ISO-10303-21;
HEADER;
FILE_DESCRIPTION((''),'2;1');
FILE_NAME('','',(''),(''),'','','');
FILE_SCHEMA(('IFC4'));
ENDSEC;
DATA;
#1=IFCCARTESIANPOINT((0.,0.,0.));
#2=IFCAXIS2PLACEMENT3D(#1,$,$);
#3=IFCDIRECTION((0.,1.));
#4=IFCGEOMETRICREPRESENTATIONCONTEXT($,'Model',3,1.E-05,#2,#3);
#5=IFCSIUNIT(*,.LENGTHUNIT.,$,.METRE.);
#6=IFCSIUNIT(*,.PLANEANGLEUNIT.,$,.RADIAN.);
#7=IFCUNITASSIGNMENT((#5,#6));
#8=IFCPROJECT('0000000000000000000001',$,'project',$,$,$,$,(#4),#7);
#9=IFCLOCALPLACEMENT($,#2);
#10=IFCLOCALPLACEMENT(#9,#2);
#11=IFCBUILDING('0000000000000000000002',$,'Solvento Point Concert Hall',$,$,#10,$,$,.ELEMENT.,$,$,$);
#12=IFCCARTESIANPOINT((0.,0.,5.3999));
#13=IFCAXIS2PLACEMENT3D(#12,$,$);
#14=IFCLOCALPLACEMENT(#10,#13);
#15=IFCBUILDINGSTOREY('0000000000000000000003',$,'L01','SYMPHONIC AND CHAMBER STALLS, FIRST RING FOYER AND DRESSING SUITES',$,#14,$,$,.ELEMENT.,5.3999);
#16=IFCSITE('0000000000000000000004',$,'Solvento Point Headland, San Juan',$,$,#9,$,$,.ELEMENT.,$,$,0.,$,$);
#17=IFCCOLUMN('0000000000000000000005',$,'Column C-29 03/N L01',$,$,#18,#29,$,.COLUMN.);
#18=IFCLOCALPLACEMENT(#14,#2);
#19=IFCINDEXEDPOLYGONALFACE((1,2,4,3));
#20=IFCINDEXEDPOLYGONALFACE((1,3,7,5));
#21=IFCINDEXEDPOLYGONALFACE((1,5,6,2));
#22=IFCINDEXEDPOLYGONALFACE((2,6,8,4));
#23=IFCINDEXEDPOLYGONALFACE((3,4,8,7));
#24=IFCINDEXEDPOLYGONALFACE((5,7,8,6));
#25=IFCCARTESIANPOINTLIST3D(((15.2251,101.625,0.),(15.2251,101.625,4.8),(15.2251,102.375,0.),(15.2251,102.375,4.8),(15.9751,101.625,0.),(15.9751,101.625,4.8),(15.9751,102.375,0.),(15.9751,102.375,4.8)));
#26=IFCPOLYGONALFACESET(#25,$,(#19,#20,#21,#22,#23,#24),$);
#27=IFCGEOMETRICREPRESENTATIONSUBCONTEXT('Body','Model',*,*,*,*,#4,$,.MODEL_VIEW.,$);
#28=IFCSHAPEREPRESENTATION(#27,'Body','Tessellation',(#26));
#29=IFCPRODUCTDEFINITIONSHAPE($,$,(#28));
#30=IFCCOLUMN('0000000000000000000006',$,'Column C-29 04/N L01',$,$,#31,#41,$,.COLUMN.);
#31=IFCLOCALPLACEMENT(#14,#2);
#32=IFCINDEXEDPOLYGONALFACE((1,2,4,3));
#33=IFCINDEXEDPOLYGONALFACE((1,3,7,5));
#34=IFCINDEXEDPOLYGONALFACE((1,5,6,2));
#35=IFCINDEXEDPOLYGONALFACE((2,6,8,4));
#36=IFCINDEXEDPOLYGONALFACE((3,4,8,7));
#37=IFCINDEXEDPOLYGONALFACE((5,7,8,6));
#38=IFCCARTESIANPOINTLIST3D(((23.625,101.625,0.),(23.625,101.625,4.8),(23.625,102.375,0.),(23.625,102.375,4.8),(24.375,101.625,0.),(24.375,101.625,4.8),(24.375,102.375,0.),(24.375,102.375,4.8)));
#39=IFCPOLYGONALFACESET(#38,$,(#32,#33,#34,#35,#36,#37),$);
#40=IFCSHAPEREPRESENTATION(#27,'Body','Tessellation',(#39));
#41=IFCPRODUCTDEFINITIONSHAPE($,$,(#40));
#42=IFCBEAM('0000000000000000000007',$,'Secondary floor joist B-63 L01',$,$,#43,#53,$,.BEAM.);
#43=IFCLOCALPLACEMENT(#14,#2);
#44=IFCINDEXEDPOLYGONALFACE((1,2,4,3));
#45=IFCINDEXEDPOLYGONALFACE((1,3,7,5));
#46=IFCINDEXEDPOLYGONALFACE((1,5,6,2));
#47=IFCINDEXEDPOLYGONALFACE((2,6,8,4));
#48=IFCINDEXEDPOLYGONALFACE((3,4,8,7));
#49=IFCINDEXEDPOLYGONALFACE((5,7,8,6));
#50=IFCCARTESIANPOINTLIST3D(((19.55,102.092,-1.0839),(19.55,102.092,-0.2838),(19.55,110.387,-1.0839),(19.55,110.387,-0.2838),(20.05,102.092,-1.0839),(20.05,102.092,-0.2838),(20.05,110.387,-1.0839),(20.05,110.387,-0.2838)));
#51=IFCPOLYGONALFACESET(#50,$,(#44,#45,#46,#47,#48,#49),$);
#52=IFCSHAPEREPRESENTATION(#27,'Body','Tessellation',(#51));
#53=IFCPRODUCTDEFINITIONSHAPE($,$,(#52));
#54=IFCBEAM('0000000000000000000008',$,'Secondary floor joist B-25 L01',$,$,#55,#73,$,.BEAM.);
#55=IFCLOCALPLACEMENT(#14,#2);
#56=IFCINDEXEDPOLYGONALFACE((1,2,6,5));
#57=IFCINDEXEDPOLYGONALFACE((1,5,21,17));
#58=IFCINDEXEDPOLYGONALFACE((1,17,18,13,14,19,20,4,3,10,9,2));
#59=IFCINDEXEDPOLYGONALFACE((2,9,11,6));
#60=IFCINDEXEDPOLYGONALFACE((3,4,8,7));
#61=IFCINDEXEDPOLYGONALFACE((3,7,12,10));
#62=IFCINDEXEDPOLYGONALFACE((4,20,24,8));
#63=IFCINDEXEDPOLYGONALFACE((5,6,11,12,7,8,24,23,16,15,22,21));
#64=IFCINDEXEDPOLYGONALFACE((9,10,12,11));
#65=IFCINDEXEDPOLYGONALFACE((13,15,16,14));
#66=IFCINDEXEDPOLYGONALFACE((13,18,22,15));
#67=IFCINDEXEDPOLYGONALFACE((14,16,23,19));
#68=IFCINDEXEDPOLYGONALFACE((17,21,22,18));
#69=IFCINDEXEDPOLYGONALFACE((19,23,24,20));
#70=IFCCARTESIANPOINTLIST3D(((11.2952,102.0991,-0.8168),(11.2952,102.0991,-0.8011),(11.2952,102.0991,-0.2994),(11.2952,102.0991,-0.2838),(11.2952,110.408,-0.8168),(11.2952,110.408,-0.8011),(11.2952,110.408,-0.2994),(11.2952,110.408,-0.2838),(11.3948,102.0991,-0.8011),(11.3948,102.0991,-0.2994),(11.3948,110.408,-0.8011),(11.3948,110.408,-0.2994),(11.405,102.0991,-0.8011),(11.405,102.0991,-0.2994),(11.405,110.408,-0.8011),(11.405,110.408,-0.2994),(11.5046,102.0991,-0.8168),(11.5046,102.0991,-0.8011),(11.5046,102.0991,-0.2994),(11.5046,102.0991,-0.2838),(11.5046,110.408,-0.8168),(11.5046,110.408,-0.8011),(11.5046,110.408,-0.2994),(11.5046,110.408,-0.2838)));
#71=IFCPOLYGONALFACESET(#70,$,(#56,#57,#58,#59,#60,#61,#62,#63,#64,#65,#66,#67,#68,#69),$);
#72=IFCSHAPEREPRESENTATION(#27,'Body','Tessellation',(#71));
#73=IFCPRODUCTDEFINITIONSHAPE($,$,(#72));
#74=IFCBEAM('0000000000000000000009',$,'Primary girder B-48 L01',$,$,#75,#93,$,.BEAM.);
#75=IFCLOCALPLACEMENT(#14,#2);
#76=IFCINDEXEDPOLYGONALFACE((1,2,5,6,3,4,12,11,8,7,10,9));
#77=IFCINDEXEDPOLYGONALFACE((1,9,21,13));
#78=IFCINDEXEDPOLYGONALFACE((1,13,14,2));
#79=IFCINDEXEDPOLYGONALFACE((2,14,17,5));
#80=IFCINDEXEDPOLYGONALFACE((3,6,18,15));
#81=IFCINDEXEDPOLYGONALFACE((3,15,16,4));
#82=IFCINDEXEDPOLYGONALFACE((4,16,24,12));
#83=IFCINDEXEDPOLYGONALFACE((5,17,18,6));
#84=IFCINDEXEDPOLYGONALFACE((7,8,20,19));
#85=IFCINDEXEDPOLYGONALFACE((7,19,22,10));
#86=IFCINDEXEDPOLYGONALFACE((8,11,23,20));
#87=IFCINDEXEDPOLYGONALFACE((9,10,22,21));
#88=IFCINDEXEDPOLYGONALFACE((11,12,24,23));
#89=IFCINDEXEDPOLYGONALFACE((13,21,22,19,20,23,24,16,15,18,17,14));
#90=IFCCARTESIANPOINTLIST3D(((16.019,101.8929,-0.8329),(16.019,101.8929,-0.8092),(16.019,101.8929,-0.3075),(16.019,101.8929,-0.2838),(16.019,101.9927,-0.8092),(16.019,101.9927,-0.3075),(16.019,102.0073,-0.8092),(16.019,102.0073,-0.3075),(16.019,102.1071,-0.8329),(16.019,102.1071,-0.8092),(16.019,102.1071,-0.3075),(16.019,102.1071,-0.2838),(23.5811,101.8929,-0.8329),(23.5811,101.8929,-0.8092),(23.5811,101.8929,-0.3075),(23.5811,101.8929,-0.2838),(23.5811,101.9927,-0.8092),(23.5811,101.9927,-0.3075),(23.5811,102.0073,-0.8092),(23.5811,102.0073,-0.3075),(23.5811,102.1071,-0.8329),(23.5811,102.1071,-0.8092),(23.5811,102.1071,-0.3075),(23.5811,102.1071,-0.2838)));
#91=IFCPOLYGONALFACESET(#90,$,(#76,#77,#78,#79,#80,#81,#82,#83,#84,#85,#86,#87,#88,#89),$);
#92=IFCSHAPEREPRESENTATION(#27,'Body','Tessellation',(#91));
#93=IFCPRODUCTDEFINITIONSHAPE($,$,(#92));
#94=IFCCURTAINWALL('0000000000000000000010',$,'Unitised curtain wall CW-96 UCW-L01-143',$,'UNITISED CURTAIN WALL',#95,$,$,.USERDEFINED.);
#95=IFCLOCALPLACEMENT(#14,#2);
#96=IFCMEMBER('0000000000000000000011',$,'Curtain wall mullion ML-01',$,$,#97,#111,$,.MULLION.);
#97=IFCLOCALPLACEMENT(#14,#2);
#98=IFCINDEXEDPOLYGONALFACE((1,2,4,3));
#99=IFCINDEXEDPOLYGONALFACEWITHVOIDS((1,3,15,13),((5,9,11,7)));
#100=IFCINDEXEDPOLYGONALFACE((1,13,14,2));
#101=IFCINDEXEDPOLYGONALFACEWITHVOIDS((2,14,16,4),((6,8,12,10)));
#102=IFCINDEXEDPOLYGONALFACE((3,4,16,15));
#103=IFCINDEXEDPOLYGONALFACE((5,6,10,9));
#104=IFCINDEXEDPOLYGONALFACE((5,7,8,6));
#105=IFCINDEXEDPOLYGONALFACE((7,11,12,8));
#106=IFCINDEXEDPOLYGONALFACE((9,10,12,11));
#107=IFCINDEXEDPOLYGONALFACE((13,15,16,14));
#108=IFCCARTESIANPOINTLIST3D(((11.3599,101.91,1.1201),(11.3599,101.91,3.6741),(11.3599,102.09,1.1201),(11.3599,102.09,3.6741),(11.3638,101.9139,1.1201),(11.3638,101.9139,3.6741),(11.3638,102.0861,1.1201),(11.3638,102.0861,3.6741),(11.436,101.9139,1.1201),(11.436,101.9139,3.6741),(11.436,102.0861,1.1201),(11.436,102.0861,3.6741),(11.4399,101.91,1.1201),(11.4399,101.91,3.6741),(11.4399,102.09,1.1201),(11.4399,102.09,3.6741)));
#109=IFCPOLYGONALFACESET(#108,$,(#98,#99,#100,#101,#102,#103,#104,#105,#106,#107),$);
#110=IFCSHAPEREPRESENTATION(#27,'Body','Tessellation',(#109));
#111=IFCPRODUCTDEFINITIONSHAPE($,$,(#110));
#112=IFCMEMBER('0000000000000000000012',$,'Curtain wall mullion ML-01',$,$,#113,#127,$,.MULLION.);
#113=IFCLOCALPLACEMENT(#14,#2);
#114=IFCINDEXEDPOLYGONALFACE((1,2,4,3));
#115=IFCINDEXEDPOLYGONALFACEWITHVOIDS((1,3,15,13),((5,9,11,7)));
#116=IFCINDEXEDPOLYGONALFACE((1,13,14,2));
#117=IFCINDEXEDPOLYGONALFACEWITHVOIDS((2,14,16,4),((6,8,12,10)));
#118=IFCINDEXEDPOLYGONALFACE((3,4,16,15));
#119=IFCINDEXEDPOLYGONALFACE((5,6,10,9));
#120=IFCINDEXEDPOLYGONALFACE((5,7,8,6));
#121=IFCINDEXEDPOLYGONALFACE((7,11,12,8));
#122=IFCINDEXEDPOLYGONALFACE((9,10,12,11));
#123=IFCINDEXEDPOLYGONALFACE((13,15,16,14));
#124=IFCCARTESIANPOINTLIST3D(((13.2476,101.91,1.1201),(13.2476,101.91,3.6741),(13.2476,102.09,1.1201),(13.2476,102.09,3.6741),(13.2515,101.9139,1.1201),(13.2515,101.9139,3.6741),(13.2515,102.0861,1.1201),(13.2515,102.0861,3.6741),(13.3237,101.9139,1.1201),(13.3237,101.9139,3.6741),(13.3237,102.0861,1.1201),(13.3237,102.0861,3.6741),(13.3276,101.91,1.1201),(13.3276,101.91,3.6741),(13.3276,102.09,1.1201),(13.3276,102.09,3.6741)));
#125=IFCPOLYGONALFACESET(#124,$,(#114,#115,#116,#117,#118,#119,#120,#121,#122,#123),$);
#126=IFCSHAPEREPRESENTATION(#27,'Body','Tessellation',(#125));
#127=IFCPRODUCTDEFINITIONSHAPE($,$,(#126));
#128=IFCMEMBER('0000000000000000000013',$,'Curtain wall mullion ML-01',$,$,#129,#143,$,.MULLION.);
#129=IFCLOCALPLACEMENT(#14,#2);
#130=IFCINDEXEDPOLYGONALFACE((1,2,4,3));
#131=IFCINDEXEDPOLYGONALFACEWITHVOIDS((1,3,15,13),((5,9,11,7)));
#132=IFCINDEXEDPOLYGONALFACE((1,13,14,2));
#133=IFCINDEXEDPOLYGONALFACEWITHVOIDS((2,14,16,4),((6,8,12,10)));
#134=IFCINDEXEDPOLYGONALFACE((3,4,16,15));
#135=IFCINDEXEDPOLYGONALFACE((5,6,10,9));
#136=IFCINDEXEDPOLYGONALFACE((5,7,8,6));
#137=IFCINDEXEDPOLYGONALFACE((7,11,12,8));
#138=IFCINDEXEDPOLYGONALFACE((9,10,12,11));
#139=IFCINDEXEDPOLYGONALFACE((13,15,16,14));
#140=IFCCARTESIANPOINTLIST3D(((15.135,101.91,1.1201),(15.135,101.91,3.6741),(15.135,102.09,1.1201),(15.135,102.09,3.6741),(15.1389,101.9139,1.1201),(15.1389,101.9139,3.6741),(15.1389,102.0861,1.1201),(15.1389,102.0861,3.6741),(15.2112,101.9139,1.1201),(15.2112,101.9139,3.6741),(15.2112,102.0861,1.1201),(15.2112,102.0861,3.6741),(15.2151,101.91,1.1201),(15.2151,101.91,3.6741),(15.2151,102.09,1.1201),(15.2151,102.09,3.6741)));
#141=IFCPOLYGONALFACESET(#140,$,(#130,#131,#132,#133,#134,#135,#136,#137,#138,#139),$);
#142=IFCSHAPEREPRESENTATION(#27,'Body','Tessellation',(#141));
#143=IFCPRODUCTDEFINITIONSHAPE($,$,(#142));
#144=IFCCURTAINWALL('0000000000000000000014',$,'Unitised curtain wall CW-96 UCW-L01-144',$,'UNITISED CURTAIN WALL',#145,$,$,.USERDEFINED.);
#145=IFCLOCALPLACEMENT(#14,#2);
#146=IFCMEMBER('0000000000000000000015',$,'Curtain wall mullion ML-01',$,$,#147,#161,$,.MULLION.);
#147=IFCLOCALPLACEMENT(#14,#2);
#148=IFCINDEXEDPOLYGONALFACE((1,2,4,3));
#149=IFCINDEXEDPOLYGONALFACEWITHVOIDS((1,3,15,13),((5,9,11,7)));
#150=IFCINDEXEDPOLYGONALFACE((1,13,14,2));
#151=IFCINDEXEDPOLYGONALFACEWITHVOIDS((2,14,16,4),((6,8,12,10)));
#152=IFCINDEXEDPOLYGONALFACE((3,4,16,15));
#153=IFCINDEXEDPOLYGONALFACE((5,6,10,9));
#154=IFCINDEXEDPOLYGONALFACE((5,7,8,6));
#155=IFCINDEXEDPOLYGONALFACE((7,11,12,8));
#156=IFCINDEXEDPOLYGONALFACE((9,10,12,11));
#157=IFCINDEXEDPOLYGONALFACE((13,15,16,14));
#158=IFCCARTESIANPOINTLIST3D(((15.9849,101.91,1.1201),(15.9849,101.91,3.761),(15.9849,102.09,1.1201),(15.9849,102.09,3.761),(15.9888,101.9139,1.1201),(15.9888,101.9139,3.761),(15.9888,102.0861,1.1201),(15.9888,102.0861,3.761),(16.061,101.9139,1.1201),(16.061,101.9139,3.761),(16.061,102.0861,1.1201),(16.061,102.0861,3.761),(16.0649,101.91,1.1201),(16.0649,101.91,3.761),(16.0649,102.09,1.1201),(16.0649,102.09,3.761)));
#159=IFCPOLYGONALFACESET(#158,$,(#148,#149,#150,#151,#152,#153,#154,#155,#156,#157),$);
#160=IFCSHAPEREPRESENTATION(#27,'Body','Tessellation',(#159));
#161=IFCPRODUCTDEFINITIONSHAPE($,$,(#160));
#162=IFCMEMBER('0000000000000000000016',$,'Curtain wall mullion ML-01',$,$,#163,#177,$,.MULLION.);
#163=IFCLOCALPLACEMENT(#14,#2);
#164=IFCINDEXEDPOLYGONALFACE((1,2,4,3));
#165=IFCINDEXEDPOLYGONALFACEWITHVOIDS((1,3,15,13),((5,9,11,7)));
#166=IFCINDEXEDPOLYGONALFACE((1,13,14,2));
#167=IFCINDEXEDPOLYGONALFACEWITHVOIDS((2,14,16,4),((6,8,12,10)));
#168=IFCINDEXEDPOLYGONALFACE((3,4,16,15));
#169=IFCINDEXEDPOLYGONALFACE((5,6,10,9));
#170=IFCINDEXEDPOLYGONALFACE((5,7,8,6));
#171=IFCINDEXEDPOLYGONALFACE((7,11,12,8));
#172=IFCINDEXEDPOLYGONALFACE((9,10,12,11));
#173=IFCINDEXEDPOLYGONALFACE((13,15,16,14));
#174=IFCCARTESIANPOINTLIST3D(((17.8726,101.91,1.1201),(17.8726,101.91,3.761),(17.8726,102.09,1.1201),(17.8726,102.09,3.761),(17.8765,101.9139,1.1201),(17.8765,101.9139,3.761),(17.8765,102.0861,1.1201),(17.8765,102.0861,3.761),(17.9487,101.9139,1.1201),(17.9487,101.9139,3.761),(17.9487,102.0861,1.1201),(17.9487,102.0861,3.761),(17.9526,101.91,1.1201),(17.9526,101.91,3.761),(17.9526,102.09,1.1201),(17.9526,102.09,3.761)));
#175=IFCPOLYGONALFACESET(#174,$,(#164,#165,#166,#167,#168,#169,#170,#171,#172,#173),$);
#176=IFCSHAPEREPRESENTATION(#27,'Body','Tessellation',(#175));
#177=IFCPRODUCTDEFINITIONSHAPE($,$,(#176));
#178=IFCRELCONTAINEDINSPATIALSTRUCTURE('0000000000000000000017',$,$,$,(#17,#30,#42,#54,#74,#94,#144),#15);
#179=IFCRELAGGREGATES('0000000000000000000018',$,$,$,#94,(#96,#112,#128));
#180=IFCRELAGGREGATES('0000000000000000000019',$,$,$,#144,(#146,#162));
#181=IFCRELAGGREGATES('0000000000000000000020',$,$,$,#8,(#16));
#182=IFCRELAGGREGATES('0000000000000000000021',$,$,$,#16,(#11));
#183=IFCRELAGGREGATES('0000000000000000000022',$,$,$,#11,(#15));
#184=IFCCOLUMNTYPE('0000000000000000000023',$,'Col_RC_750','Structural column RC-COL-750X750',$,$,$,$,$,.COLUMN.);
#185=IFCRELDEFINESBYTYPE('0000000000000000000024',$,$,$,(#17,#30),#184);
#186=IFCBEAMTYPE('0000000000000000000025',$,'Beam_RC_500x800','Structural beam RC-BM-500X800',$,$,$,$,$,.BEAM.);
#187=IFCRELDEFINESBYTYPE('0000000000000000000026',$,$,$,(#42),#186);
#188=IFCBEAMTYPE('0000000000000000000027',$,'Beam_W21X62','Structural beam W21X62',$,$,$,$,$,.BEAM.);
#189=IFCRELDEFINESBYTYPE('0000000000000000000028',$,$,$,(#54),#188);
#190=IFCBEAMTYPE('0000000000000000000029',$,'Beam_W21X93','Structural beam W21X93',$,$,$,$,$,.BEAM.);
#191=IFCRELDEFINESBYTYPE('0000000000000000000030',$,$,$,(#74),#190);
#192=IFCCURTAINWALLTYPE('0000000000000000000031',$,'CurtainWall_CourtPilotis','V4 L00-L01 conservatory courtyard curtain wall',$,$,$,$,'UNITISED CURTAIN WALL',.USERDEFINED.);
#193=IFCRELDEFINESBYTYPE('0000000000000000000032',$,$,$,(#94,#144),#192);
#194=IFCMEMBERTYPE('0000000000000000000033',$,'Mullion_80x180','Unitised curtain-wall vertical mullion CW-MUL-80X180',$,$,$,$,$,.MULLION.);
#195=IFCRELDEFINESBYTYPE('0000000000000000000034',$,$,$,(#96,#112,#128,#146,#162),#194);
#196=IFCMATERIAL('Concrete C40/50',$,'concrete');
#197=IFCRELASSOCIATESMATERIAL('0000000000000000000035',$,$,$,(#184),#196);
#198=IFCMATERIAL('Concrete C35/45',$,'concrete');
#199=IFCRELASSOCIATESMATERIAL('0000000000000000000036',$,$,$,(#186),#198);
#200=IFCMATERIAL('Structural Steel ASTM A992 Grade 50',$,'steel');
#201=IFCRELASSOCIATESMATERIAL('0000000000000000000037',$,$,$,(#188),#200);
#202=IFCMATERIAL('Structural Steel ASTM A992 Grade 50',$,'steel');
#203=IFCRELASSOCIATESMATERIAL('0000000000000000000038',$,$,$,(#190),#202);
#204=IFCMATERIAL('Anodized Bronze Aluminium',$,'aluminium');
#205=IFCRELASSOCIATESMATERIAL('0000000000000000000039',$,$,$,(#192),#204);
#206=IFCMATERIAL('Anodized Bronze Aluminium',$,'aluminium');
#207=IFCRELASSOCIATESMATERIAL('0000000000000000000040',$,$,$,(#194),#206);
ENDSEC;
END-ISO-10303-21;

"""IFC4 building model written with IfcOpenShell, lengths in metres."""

from ifc_helpers import new_model, si_unit, direction, frame, origin, origin_2d, place, context, subcontext, project, spatial, rectangle, hollow_rectangle, i_section, extrude, material, material_profile, profile_set, type_object, element, aggregate, save


model = new_model("IFC4")

# Units and contexts
model_context = context("Model", 3, precision=1e-05, world=origin(), true_north=direction((0.0, 1.0)))
body_context = subcontext(model_context, "Body", "Model", "MODEL_VIEW")
ifc_project = project(units=[si_unit("LENGTHUNIT", "METRE"), si_unit("PLANEANGLEUNIT", "RADIAN")], contexts=[model_context])

# Site, building, storey
site_placement = place(None, origin())
site = spatial("IfcSite", under=ifc_project, at=site_placement, Name="Solvento Point Headland, San Juan", CompositionType="ELEMENT", RefElevation=0.0)
building_placement = place(site_placement, origin())
building = spatial("IfcBuilding", under=site, at=building_placement, Name="Solvento Point Concert Hall", CompositionType="ELEMENT")
storey_placement = place(building_placement, frame((0.0, 0.0, 5.3999)))
storey = spatial("IfcBuildingStorey", under=building, at=storey_placement, Name="L01", Description="SYMPHONIC AND CHAMBER STALLS, FIRST RING FOYER AND DRESSING SUITES", CompositionType="ELEMENT", Elevation=5.3999)

# Columns
ifc_material_1 = material(Name="Concrete C40/50", Category="concrete")
ifc_material_profile_1 = material_profile(ifc_material_1, rectangle(XDim=0.75, YDim=0.75, at=origin_2d()), Name="RC-COL-750X750")
ifc_profile_set_1 = profile_set([ifc_material_profile_1], Name="Concrete C40/50")
column_type = type_object("IfcColumnType", Name="Col_RC_750", Description="Structural column RC-COL-750X750", PredefinedType="COLUMN", material=ifc_profile_set_1)
for number, where, z_axis, x_axis, name in (
    (1, (15.6001, 102.0, 0.0), (0.0, 0.0, 1.0), (1.0, 0.0, 0.0), "Column C-29 03/N L01"),
    (2, (24.0, 102.0, 0.0), (0.0, 0.0, 1.0), (1.0, 0.0, 0.0), "Column C-29 04/N L01"),
):
    element("IfcColumn", number, at=place(storey_placement, frame(where, z_axis=z_axis, x_axis=x_axis)), inside=storey, type_object=column_type, Name=name, PredefinedType="COLUMN", context=body_context, shape_type="SweptSolid", body=[
        extrude(rectangle(XDim=0.75, YDim=0.75, at=origin_2d()), origin(), (0.0, 0.0, 1.0), 4.8),
    ])

# Beams
ifc_material_2 = material(Name="Concrete C35/45", Category="concrete")
ifc_material_profile_2 = material_profile(ifc_material_2, rectangle(XDim=0.5, YDim=0.8, at=origin_2d()), Name="RC-BM-500X800")
ifc_profile_set_2 = profile_set([ifc_material_profile_2], Name="Concrete C35/45")
beam_type_1 = type_object("IfcBeamType", Name="Beam_RC_500x800", Description="Structural beam RC-BM-500X800", PredefinedType="BEAM", material=ifc_profile_set_2)
beam_1_placement = place(storey_placement, frame((19.8, 102.092, -0.6838), z_axis=(0.0, 1.0, 0.0), x_axis=(-1.0, 0.0, 0.0)))
element("IfcBeam", 3, at=beam_1_placement, inside=storey, type_object=beam_type_1, Name="Secondary floor joist B-63 L01", PredefinedType="BEAM", context=body_context, shape_type="SweptSolid", body=[
    extrude(rectangle(XDim=0.5, YDim=0.8, at=origin_2d()), origin(), (0.0, 0.0, 1.0), 8.2949),
])
ifc_material_3 = material(Name="Structural Steel ASTM A992 Grade 50", Category="steel")
ifc_material_profile_3 = material_profile(ifc_material_3, i_section(OverallWidth=0.2095, OverallDepth=0.533, WebThickness=0.0103, FlangeThickness=0.0156, at=origin_2d()), Name="W21X62")
ifc_profile_set_3 = profile_set([ifc_material_profile_3], Name="Structural Steel ASTM A992 Grade 50")
beam_type_2 = type_object("IfcBeamType", Name="Beam_W21X62", Description="Structural beam W21X62", PredefinedType="BEAM", material=ifc_profile_set_3)
beam_2_placement = place(storey_placement, frame((11.3999, 102.0991, -0.5503), z_axis=(0.0, 1.0, 0.0), x_axis=(-1.0, 0.0, 0.0)))
element("IfcBeam", 4, at=beam_2_placement, inside=storey, type_object=beam_type_2, Name="Secondary floor joist B-25 L01", PredefinedType="BEAM", context=body_context, shape_type="SweptSolid", body=[
    extrude(i_section(OverallWidth=0.2095, OverallDepth=0.533, WebThickness=0.0103, FlangeThickness=0.0156, at=origin_2d()), origin(), (0.0, 0.0, 1.0), 8.3088),
])
ifc_material_4 = material(Name="Structural Steel ASTM A992 Grade 50", Category="steel")
ifc_material_profile_4 = material_profile(ifc_material_4, i_section(OverallWidth=0.2141, OverallDepth=0.5491, WebThickness=0.0146, FlangeThickness=0.0237, at=origin_2d()), Name="W21X93")
ifc_profile_set_4 = profile_set([ifc_material_profile_4], Name="Structural Steel ASTM A992 Grade 50")
beam_type_3 = type_object("IfcBeamType", Name="Beam_W21X93", Description="Structural beam W21X93", PredefinedType="BEAM", material=ifc_profile_set_4)
beam_3_placement = place(storey_placement, frame((16.019, 102.0, -0.5583), z_axis=(1.0, 0.0, 0.0), x_axis=(0.0, 1.0, 0.0)))
element("IfcBeam", 5, at=beam_3_placement, inside=storey, type_object=beam_type_3, Name="Primary girder B-48 L01", PredefinedType="BEAM", context=body_context, shape_type="SweptSolid", body=[
    extrude(i_section(OverallWidth=0.2141, OverallDepth=0.5491, WebThickness=0.0146, FlangeThickness=0.0237, at=origin_2d()), origin(), (0.0, 0.0, 1.0), 7.562),
])

# Curtain walls, members
ifc_material_5 = material(Name="Anodized Bronze Aluminium", Category="aluminium")
curtain_wall_type_1 = type_object("IfcCurtainWallType", Name="CurtainWall_CourtPilotis", Description="V4 L00-L01 conservatory courtyard curtain wall", ElementType="UNITISED CURTAIN WALL", PredefinedType="USERDEFINED", material=ifc_material_5)
curtain_wall_1_placement = place(storey_placement, origin())
curtain_wall_1 = element("IfcCurtainWall", 6, at=curtain_wall_1_placement, inside=storey, type_object=curtain_wall_type_1, Name="Unitised curtain wall CW-96 UCW-L01-143", ObjectType="UNITISED CURTAIN WALL", PredefinedType="USERDEFINED")
ifc_material_6 = material(Name="Anodized Bronze Aluminium", Category="aluminium")
ifc_material_profile_5 = material_profile(ifc_material_6, hollow_rectangle(XDim=0.0801, YDim=0.1799, WallThickness=0.0039, at=origin_2d()), Name="CW-MUL-80X180")
ifc_profile_set_5 = profile_set([ifc_material_profile_5], Name="Anodized Bronze Aluminium")
member_type_1 = type_object("IfcMemberType", Name="Mullion_80x180", Description="Unitised curtain-wall vertical mullion CW-MUL-80X180", PredefinedType="MULLION", material=ifc_profile_set_5)
member_1_placement = place(storey_placement, frame((11.3999, 102.0, 1.1201), z_axis=(0.0, 0.0, 1.0), x_axis=(1.0, 0.0, 0.0)))
member_1 = element("IfcMember", 7, at=member_1_placement, type_object=member_type_1, Name="Curtain wall mullion ML-01", PredefinedType="MULLION", context=body_context, shape_type="SweptSolid", body=[
    extrude(hollow_rectangle(XDim=0.0801, YDim=0.1799, WallThickness=0.0039, at=origin_2d()), origin(), (0.0, 0.0, 1.0), 2.554),
])
member_2_placement = place(storey_placement, frame((13.2876, 102.0, 1.1201), z_axis=(0.0, 0.0, 1.0), x_axis=(1.0, 0.0, 0.0)))
member_2 = element("IfcMember", 8, at=member_2_placement, type_object=member_type_1, Name="Curtain wall mullion ML-01", PredefinedType="MULLION", context=body_context, shape_type="SweptSolid", body=[
    extrude(hollow_rectangle(XDim=0.0801, YDim=0.1799, WallThickness=0.0039, at=origin_2d()), origin(), (0.0, 0.0, 1.0), 2.554),
])
member_3_placement = place(storey_placement, frame((15.175, 102.0, 1.1201), z_axis=(0.0, 0.0, 1.0), x_axis=(1.0, 0.0, 0.0)))
member_3 = element("IfcMember", 9, at=member_3_placement, type_object=member_type_1, Name="Curtain wall mullion ML-01", PredefinedType="MULLION", context=body_context, shape_type="SweptSolid", body=[
    extrude(hollow_rectangle(XDim=0.0801, YDim=0.1799, WallThickness=0.0039, at=origin_2d()), origin(), (0.0, 0.0, 1.0), 2.554),
])
curtain_wall_2_placement = place(storey_placement, origin())
curtain_wall_2 = element("IfcCurtainWall", 10, at=curtain_wall_2_placement, inside=storey, type_object=curtain_wall_type_1, Name="Unitised curtain wall CW-96 UCW-L01-144", ObjectType="UNITISED CURTAIN WALL", PredefinedType="USERDEFINED")
member_4_placement = place(storey_placement, frame((16.0249, 102.0, 1.1201), z_axis=(0.0, 0.0, 1.0), x_axis=(1.0, 0.0, 0.0)))
member_4 = element("IfcMember", 11, at=member_4_placement, type_object=member_type_1, Name="Curtain wall mullion ML-01", PredefinedType="MULLION", context=body_context, shape_type="SweptSolid", body=[
    extrude(hollow_rectangle(XDim=0.0801, YDim=0.1799, WallThickness=0.0039, at=origin_2d()), origin(), (0.0, 0.0, 1.0), 2.6409),
])
member_5_placement = place(storey_placement, frame((17.9126, 102.0, 1.1201), z_axis=(0.0, 0.0, 1.0), x_axis=(1.0, 0.0, 0.0)))
member_5 = element("IfcMember", 12, at=member_5_placement, type_object=member_type_1, Name="Curtain wall mullion ML-01", PredefinedType="MULLION", context=body_context, shape_type="SweptSolid", body=[
    extrude(hollow_rectangle(XDim=0.0801, YDim=0.1799, WallThickness=0.0039, at=origin_2d()), origin(), (0.0, 0.0, 1.0), 2.6409),
])

aggregate(curtain_wall_1, [member_1, member_2, member_3])
aggregate(curtain_wall_2, [member_4, member_5])

save(model, "model.ifc")
